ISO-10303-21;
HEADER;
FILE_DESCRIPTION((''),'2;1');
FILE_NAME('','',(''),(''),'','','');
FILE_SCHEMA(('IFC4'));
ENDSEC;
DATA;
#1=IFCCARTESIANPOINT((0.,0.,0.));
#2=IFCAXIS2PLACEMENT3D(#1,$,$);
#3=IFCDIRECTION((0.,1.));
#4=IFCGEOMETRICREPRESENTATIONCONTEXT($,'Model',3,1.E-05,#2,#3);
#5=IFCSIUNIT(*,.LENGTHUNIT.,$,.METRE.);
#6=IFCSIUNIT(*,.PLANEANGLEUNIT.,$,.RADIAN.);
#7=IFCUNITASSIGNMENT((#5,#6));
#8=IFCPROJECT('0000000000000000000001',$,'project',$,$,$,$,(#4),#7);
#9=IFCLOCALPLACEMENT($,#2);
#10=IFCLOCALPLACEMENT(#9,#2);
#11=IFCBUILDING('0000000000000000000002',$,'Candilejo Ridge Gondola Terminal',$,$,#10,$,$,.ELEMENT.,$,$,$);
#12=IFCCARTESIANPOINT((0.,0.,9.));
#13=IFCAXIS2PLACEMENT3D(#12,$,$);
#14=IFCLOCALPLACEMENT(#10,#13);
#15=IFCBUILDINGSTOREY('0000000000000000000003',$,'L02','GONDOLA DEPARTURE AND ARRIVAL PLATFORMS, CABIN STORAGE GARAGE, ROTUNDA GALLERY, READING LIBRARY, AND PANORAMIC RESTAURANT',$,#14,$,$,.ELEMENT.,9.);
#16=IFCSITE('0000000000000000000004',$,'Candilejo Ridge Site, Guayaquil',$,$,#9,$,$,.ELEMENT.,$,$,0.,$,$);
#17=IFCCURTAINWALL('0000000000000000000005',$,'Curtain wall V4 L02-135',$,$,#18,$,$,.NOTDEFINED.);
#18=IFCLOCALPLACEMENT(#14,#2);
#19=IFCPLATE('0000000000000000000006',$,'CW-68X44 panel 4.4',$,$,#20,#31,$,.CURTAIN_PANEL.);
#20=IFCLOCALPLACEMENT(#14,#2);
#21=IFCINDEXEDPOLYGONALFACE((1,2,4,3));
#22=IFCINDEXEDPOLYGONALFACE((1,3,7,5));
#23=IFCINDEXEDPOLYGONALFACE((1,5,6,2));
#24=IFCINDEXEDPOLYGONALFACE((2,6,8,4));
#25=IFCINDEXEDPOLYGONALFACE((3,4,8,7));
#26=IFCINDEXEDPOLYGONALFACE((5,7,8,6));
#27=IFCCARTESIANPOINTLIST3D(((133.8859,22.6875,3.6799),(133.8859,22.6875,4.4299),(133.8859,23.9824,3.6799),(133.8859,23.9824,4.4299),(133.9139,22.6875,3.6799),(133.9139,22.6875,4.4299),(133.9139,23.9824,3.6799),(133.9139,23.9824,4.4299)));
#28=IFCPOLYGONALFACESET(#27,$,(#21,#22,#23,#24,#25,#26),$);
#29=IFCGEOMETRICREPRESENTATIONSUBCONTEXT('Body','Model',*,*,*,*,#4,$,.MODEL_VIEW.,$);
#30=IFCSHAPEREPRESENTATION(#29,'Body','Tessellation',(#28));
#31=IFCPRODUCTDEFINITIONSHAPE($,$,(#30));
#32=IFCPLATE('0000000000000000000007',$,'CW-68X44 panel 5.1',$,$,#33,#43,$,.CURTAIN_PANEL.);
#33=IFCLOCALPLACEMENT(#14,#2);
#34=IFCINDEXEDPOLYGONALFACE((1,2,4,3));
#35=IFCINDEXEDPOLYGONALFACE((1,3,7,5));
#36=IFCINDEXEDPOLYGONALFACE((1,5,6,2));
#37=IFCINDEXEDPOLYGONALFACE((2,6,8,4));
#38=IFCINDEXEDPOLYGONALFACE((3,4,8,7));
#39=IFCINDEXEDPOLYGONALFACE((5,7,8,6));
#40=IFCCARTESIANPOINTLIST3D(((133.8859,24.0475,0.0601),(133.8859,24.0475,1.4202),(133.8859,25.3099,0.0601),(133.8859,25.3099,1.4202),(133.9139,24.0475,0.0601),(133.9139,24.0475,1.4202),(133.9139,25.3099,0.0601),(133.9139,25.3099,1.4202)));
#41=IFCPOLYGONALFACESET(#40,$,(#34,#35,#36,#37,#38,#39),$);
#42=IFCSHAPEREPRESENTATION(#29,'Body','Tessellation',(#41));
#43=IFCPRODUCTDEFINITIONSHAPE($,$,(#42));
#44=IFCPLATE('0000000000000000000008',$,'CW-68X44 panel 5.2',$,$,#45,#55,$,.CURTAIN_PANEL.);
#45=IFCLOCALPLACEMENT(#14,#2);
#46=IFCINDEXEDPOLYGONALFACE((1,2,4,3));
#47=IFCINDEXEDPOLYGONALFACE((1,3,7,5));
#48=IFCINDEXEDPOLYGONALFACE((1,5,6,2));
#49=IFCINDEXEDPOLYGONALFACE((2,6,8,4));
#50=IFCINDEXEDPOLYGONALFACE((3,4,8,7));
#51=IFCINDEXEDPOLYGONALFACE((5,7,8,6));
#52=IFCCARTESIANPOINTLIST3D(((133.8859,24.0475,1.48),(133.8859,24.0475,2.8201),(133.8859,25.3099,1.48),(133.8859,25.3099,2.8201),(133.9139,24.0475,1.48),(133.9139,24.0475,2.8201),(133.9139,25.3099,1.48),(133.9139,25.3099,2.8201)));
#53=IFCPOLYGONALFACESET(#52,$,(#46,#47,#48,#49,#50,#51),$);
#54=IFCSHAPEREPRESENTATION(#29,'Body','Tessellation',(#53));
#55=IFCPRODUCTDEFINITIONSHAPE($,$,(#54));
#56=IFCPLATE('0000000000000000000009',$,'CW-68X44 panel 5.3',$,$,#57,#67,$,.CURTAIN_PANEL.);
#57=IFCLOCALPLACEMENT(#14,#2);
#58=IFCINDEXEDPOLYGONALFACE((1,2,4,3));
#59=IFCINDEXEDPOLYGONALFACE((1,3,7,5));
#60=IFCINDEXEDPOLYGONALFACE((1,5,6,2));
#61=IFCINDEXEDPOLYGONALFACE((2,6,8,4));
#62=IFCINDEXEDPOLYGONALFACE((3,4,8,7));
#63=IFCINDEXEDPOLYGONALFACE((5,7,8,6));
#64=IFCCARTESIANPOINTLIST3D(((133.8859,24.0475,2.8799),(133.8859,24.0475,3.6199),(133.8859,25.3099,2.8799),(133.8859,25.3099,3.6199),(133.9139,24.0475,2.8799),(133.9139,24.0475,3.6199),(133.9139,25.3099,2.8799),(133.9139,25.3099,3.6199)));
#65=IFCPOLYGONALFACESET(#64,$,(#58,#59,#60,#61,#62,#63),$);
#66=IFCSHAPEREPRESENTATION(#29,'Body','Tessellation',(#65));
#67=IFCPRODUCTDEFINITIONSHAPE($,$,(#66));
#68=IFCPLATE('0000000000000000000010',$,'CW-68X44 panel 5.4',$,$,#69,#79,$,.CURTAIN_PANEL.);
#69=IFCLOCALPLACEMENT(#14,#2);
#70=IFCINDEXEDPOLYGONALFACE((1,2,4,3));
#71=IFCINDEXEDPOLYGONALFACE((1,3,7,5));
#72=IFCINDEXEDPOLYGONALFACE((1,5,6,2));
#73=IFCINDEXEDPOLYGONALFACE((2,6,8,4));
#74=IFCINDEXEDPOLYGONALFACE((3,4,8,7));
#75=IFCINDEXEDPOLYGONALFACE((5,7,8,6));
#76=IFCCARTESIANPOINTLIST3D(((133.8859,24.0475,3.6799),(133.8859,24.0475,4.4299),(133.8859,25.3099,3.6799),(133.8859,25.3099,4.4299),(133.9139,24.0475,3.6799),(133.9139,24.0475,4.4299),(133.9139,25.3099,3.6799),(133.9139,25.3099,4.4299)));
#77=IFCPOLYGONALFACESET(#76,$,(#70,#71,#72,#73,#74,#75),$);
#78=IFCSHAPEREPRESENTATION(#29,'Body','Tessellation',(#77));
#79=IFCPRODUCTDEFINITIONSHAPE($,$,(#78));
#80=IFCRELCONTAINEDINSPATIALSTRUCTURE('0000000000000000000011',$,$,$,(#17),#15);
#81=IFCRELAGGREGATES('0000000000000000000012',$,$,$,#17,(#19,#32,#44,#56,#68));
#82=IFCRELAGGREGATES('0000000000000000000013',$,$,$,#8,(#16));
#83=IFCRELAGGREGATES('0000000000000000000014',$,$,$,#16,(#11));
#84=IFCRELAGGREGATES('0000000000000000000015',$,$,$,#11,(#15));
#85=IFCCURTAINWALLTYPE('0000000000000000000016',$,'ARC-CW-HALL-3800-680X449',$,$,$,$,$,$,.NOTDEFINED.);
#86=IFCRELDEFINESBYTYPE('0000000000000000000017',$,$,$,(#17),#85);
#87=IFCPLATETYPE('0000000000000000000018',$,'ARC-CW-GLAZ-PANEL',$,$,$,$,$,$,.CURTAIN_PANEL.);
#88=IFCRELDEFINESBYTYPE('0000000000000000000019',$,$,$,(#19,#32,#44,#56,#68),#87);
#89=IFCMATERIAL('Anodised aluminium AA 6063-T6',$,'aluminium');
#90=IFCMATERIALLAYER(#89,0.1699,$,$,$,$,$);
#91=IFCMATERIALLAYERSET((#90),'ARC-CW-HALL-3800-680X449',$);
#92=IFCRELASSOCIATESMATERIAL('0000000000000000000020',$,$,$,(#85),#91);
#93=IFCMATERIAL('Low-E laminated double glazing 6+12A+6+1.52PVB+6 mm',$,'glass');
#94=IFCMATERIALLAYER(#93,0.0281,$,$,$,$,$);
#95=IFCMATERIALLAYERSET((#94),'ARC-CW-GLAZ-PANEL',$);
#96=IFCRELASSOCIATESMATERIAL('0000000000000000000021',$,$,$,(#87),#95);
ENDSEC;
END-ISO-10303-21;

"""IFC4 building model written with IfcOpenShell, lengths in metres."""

from ifc_helpers import new_model, si_unit, direction, frame, origin, origin_2d, place, context, subcontext, project, spatial, rectangle, extrude, material, layer, layer_set, type_object, element, aggregate, save


model = new_model("IFC4")

# Units and contexts
model_context = context("Model", 3, precision=1e-05, world=origin(), true_north=direction((0.0, 1.0)))
body_context = subcontext(model_context, "Body", "Model", "MODEL_VIEW")
ifc_project = project(units=[si_unit("LENGTHUNIT", "METRE"), si_unit("PLANEANGLEUNIT", "RADIAN")], contexts=[model_context])

# Site, building, storey
site_placement = place(None, origin())
site = spatial("IfcSite", under=ifc_project, at=site_placement, Name="Candilejo Ridge Site, Guayaquil", CompositionType="ELEMENT", RefElevation=0.0)
building_placement = place(site_placement, origin())
building = spatial("IfcBuilding", under=site, at=building_placement, Name="Candilejo Ridge Gondola Terminal", CompositionType="ELEMENT")
storey_placement = place(building_placement, frame((0.0, 0.0, 9.0)))
storey = spatial("IfcBuildingStorey", under=building, at=storey_placement, Name="L02", Description="GONDOLA DEPARTURE AND ARRIVAL PLATFORMS, CABIN STORAGE GARAGE, ROTUNDA GALLERY, READING LIBRARY, AND PANORAMIC RESTAURANT", CompositionType="ELEMENT", Elevation=9.0)

# Curtain wall
ifc_material_1 = material(Name="Anodised aluminium AA 6063-T6", Category="aluminium")
ifc_layer_1 = layer(ifc_material_1, 0.1699)
ifc_layer_set_1 = layer_set([ifc_layer_1], Name="ARC-CW-HALL-3800-680X449")
curtain_wall_type_1 = type_object("IfcCurtainWallType", Name="ARC-CW-HALL-3800-680X449", PredefinedType="NOTDEFINED", material=ifc_layer_set_1)
curtain_wall_1_placement = place(storey_placement, origin())
curtain_wall_1 = element("IfcCurtainWall", 1, at=curtain_wall_1_placement, inside=storey, type_object=curtain_wall_type_1, Name="Curtain wall V4 L02-135", PredefinedType="NOTDEFINED")

# Plates
ifc_material_2 = material(Name="Low-E laminated double glazing 6+12A+6+1.52PVB+6 mm", Category="glass")
ifc_layer_2 = layer(ifc_material_2, 0.0281)
ifc_layer_set_2 = layer_set([ifc_layer_2], Name="ARC-CW-GLAZ-PANEL")
plate_type = type_object("IfcPlateType", Name="ARC-CW-GLAZ-PANEL", PredefinedType="CURTAIN_PANEL", material=ifc_layer_set_2)
plate_1_placement = place(storey_placement, frame((133.8999, 23.335, 3.6799), z_axis=(0.0, 0.0, 1.0), x_axis=(0.0, 1.0, 0.0)))
plate_1 = element("IfcPlate", 2, at=plate_1_placement, type_object=plate_type, Name="CW-68X44 panel 4.4", PredefinedType="CURTAIN_PANEL", context=body_context, shape_type="SweptSolid", body=[
    extrude(rectangle(XDim=1.2949, YDim=0.0281, at=origin_2d()), origin(), (0.0, 0.0, 1.0), 0.75),
])
plate_2_placement = place(storey_placement, frame((133.8999, 24.6787, 0.0601), z_axis=(0.0, 0.0, 1.0), x_axis=(0.0, 1.0, 0.0)))
plate_2 = element("IfcPlate", 3, at=plate_2_placement, type_object=plate_type, Name="CW-68X44 panel 5.1", PredefinedType="CURTAIN_PANEL", context=body_context, shape_type="SweptSolid", body=[
    extrude(rectangle(XDim=1.2625, YDim=0.0281, at=origin_2d()), origin(), (0.0, 0.0, 1.0), 1.3601),
])
plate_3_placement = place(storey_placement, frame((133.8999, 24.6787, 1.48), z_axis=(0.0, 0.0, 1.0), x_axis=(0.0, 1.0, 0.0)))
plate_3 = element("IfcPlate", 4, at=plate_3_placement, type_object=plate_type, Name="CW-68X44 panel 5.2", PredefinedType="CURTAIN_PANEL", context=body_context, shape_type="SweptSolid", body=[
    extrude(rectangle(XDim=1.2625, YDim=0.0281, at=origin_2d()), origin(), (0.0, 0.0, 1.0), 1.3401),
])
plate_4_placement = place(storey_placement, frame((133.8999, 24.6787, 2.8799), z_axis=(0.0, 0.0, 1.0), x_axis=(0.0, 1.0, 0.0)))
plate_4 = element("IfcPlate", 5, at=plate_4_placement, type_object=plate_type, Name="CW-68X44 panel 5.3", PredefinedType="CURTAIN_PANEL", context=body_context, shape_type="SweptSolid", body=[
    extrude(rectangle(XDim=1.2625, YDim=0.0281, at=origin_2d()), origin(), (0.0, 0.0, 1.0), 0.74),
])
plate_5_placement = place(storey_placement, frame((133.8999, 24.6787, 3.6799), z_axis=(0.0, 0.0, 1.0), x_axis=(0.0, 1.0, 0.0)))
plate_5 = element("IfcPlate", 6, at=plate_5_placement, type_object=plate_type, Name="CW-68X44 panel 5.4", PredefinedType="CURTAIN_PANEL", context=body_context, shape_type="SweptSolid", body=[
    extrude(rectangle(XDim=1.2625, YDim=0.0281, at=origin_2d()), origin(), (0.0, 0.0, 1.0), 0.75),
])
aggregate(curtain_wall_1, [plate_1, plate_2, plate_3, plate_4, plate_5])

save(model, "model.ifc")
